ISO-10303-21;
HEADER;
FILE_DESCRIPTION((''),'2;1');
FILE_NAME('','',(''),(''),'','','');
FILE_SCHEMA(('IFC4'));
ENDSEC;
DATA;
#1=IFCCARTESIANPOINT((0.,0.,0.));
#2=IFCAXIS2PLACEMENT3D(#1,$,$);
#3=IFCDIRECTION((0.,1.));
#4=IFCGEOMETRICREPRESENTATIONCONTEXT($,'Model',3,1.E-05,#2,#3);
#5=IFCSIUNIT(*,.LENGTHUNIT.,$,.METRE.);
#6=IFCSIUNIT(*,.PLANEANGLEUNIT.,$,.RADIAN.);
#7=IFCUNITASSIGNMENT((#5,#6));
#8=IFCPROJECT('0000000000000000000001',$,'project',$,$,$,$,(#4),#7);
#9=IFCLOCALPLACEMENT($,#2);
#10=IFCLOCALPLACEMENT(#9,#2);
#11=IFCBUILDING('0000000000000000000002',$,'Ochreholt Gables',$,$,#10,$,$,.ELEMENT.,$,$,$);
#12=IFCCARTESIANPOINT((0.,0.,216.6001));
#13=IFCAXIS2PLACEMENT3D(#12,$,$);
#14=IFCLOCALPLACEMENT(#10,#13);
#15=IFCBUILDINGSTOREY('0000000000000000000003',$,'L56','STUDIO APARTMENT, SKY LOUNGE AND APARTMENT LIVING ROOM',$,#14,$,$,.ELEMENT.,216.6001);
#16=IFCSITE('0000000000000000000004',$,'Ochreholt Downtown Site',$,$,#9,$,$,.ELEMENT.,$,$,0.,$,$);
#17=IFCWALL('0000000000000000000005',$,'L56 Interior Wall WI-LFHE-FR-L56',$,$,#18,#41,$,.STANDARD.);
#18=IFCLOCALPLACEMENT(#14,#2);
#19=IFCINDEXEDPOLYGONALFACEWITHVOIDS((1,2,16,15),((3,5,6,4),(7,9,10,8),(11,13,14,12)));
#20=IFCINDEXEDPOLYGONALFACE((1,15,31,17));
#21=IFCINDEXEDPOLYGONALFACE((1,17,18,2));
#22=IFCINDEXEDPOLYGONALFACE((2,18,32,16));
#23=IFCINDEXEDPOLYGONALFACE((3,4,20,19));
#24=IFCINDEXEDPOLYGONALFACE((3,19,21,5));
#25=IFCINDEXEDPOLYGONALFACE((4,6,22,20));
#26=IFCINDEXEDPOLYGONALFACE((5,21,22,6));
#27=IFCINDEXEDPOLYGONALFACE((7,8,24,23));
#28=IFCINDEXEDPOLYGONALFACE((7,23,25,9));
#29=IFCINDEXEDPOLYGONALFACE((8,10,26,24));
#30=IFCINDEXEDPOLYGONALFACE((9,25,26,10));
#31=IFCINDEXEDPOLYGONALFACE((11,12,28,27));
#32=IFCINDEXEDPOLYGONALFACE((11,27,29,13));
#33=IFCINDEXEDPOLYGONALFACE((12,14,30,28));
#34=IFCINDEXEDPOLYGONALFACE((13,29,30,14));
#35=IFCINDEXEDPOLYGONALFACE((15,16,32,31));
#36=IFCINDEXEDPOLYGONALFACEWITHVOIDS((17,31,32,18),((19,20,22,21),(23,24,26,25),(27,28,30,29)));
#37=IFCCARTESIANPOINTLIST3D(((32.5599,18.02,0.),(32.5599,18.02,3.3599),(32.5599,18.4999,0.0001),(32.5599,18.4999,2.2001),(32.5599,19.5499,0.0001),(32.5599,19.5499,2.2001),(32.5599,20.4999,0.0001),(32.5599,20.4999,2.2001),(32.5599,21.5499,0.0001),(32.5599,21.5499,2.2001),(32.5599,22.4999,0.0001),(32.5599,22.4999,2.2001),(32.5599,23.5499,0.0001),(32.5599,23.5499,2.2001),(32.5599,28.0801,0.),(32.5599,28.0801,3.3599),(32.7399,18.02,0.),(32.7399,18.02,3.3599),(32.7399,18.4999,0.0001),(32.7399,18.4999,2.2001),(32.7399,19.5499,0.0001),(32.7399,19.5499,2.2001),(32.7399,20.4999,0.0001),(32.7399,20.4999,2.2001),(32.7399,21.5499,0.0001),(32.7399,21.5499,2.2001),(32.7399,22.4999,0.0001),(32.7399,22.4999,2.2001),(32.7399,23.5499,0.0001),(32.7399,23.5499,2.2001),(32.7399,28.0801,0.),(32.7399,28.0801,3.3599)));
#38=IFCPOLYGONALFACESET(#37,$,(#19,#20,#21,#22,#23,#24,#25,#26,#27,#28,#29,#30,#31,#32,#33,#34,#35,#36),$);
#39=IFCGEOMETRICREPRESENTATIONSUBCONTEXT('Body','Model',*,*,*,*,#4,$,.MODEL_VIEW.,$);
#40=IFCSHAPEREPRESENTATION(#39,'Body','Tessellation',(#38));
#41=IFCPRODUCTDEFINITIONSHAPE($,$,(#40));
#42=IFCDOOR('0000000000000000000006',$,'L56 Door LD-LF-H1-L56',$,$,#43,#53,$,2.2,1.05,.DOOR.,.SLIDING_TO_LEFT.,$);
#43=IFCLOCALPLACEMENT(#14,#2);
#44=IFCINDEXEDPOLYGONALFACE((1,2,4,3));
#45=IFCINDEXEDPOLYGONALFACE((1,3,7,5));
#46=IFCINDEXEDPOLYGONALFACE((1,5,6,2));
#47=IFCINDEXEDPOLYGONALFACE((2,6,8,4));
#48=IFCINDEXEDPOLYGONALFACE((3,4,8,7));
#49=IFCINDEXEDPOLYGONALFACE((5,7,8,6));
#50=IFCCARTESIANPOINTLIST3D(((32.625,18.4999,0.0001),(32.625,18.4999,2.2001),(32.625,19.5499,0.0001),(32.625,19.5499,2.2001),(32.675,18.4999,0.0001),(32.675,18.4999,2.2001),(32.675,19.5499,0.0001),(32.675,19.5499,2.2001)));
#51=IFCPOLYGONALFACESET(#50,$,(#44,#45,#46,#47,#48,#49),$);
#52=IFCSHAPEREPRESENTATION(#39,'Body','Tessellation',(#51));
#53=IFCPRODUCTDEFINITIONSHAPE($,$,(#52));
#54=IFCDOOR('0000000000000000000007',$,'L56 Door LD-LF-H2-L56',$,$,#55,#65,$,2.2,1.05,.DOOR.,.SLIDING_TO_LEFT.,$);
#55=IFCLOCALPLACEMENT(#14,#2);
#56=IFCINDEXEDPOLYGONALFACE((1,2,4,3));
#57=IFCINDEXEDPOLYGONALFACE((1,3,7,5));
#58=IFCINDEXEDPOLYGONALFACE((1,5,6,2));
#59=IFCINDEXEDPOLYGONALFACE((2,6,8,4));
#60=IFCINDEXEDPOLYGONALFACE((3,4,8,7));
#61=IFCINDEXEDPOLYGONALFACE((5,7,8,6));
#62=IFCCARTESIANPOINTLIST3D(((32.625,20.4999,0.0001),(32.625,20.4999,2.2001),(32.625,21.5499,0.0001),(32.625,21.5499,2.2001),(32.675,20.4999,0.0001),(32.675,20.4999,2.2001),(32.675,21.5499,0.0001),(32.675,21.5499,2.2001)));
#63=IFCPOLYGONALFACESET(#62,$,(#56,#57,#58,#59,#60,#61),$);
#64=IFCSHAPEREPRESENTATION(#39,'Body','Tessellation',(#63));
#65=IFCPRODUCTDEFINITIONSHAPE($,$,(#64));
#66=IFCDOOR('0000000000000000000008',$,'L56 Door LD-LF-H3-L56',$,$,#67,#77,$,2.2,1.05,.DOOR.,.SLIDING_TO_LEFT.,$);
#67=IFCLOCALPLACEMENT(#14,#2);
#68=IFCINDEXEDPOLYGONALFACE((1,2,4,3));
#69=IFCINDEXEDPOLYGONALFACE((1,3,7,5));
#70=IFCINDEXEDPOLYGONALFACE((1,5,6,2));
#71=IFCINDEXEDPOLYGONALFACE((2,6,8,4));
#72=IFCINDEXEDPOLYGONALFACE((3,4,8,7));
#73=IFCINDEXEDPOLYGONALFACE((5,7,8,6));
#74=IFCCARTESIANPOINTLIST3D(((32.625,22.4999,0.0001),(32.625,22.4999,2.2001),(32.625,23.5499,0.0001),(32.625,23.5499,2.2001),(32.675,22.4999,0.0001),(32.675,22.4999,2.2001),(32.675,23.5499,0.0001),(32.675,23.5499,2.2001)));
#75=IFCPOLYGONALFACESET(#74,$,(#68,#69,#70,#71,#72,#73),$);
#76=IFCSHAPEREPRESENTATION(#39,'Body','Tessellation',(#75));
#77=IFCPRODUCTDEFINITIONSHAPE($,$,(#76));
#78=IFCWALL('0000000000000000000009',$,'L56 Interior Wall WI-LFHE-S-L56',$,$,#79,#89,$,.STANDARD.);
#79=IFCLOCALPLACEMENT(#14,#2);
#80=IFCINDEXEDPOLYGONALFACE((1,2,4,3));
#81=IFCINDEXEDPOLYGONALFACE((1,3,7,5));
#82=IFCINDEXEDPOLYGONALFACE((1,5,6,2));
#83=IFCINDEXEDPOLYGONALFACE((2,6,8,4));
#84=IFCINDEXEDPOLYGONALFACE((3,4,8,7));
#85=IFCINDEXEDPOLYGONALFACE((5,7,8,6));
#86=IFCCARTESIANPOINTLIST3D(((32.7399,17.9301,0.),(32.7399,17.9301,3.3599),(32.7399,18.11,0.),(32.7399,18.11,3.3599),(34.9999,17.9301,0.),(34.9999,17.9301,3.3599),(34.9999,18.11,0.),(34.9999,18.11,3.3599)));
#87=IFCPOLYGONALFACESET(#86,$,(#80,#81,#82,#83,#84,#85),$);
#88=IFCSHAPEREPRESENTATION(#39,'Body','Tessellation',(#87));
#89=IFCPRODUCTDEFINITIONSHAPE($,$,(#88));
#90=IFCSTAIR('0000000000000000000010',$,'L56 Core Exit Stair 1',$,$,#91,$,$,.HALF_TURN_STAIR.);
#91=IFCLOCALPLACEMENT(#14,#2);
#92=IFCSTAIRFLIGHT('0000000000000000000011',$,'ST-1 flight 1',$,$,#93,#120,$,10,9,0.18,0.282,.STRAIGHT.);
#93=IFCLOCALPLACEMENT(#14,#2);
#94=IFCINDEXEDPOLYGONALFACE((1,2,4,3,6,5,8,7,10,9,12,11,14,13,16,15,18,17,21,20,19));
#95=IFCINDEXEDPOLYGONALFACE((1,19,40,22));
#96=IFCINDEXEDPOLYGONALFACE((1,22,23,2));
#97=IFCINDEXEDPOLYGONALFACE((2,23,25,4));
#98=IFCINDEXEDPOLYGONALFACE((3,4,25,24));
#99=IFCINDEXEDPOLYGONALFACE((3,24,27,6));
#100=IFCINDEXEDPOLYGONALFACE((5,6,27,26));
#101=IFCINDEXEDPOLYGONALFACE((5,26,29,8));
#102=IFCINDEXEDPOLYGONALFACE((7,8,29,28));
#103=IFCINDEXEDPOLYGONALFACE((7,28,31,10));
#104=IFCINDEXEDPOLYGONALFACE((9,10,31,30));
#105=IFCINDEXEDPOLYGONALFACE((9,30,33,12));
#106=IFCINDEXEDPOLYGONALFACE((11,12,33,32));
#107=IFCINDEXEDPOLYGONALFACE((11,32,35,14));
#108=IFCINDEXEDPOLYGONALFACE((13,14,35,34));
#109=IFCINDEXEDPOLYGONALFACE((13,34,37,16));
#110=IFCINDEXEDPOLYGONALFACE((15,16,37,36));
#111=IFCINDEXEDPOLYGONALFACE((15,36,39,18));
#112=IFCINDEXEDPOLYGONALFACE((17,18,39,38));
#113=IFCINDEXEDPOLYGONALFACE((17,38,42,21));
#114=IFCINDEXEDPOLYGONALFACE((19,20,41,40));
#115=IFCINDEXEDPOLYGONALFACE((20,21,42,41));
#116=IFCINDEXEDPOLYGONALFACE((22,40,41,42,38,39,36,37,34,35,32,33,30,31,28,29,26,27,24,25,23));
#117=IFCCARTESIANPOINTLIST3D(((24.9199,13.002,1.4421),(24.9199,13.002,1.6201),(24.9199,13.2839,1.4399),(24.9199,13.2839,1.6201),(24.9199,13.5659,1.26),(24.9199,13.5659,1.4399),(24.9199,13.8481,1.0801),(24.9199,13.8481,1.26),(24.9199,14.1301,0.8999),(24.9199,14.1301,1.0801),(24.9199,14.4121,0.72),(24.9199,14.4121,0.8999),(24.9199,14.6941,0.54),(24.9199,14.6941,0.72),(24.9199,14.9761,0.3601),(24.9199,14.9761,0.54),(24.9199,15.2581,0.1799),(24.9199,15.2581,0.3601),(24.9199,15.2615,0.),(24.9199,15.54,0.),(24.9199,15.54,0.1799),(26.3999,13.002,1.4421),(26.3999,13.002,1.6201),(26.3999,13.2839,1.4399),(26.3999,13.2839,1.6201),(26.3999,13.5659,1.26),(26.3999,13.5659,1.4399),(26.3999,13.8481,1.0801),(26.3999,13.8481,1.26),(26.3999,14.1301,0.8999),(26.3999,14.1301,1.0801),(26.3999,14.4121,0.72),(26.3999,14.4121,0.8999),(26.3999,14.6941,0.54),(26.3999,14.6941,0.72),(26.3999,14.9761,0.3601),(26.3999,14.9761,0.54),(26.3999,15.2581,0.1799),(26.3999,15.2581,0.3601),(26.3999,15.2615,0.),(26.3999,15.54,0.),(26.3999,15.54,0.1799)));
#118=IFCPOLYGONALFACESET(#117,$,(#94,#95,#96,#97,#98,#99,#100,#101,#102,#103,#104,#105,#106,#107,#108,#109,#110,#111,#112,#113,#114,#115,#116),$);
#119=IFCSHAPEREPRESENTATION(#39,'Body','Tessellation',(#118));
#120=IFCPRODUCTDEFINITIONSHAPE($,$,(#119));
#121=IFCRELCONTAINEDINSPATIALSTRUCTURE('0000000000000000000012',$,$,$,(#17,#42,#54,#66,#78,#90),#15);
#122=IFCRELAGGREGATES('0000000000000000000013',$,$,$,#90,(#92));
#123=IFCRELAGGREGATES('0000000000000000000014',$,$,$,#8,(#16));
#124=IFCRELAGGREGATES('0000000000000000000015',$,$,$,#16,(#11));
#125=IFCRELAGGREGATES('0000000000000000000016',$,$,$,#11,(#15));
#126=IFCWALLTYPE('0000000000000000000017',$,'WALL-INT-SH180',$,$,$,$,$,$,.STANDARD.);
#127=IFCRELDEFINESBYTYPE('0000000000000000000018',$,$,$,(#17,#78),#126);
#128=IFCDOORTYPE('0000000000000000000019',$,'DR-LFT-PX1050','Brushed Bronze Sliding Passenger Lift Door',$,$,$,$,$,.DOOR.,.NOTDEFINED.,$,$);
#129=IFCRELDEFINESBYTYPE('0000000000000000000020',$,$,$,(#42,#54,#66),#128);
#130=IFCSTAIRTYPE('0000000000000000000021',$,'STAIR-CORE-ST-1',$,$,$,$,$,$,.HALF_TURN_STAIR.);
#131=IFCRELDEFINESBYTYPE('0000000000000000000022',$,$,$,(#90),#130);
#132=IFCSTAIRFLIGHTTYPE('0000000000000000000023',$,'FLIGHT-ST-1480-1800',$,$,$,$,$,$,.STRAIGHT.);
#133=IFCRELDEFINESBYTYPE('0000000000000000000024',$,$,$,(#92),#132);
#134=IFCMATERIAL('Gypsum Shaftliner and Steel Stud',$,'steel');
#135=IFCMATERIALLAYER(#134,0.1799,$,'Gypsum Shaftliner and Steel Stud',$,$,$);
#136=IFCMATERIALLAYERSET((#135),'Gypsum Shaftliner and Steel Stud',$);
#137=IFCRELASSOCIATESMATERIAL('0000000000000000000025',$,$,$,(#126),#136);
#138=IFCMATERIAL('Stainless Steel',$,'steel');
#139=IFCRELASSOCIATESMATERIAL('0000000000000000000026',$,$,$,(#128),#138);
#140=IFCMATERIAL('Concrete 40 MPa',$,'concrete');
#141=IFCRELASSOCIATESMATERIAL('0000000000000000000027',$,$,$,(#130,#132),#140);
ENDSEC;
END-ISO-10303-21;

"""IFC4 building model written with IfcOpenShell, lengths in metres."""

from ifc_helpers import new_model, si_unit, direction, frame, frame_2d, origin, place, context, subcontext, project, spatial, polyline, rectangle, outline, extrude, material, layer, layer_set, type_object, element, fill, aggregate, save


model = new_model("IFC4")

# Units and contexts
model_context = context("Model", 3, precision=1e-05, world=origin(), true_north=direction((0.0, 1.0)))
body_context = subcontext(model_context, "Body", "Model", "MODEL_VIEW")
ifc_project = project(units=[si_unit("LENGTHUNIT", "METRE"), si_unit("PLANEANGLEUNIT", "RADIAN")], contexts=[model_context])

# Site, building, storey
site_placement = place(None, origin())
site = spatial("IfcSite", under=ifc_project, at=site_placement, Name="Ochreholt Downtown Site", CompositionType="ELEMENT", RefElevation=0.0)
building_placement = place(site_placement, origin())
building = spatial("IfcBuilding", under=site, at=building_placement, Name="Ochreholt Gables", CompositionType="ELEMENT")
storey_placement = place(building_placement, frame((0.0, 0.0, 216.6001)))
storey = spatial("IfcBuildingStorey", under=building, at=storey_placement, Name="L56", Description="STUDIO APARTMENT, SKY LOUNGE AND APARTMENT LIVING ROOM", CompositionType="ELEMENT", Elevation=216.6001)

# Shared definitions
ifc_material_1 = material(Name="Concrete 40 MPa", Category="concrete")

# Shared definitions
ifc_material_2 = material(Name="Gypsum Shaftliner and Steel Stud", Category="steel")

# Wall, openings, doors
ifc_layer_1 = layer(ifc_material_2, 0.1799, Name="Gypsum Shaftliner and Steel Stud")
ifc_layer_set_1 = layer_set([ifc_layer_1], Name="Gypsum Shaftliner and Steel Stud")
wall_type_1 = type_object("IfcWallType", Name="WALL-INT-SH180", PredefinedType="STANDARD", material=ifc_layer_set_1)
wall_1_placement = place(storey_placement, frame((32.6499, 18.02, 0.0), z_axis=(0.0, 0.0, 1.0), x_axis=(0.0, 1.0, 0.0)))
wall_1 = element("IfcWall", 1, at=wall_1_placement, inside=storey, type_object=wall_type_1, Name="L56 Interior Wall WI-LFHE-FR-L56", PredefinedType="STANDARD", context=body_context, shape_type="SweptSolid", body=[
    extrude(rectangle(XDim=10.0601, YDim=0.1799, at=frame_2d((5.03, 0.0))), origin(), (0.0, 0.0, 1.0), 3.3599),
])
opening_1_placement = place(wall_1_placement, frame((0.48, 0.0, 0.0)))
opening_1 = element("IfcOpeningElement", 2, at=opening_1_placement, cuts=wall_1, PredefinedType="OPENING", context=body_context, shape_type="SweptSolid", body=[
    extrude(rectangle(XDim=1.05, YDim=2.2, at=frame_2d((0.5249, 1.1001))), frame((0.0, 0.0999, 0.0), z_axis=(0.0, -1.0, 0.0), x_axis=(1.0, 0.0, 0.0)), (0.0, 0.0, 1.0), 0.2),
])
opening_2_placement = place(wall_1_placement, frame((2.48, 0.0, 0.0)))
opening_2 = element("IfcOpeningElement", 3, at=opening_2_placement, cuts=wall_1, PredefinedType="OPENING", context=body_context, shape_type="SweptSolid", body=[
    extrude(rectangle(XDim=1.05, YDim=2.2, at=frame_2d((0.5249, 1.1001))), frame((0.0, 0.0999, 0.0), z_axis=(0.0, -1.0, 0.0), x_axis=(1.0, 0.0, 0.0)), (0.0, 0.0, 1.0), 0.2),
])
opening_3_placement = place(wall_1_placement, frame((4.48, 0.0, 0.0)))
opening_3 = element("IfcOpeningElement", 4, at=opening_3_placement, cuts=wall_1, PredefinedType="OPENING", context=body_context, shape_type="SweptSolid", body=[
    extrude(rectangle(XDim=1.05, YDim=2.2, at=frame_2d((0.5249, 1.1001))), frame((0.0, 0.0999, 0.0), z_axis=(0.0, -1.0, 0.0), x_axis=(1.0, 0.0, 0.0)), (0.0, 0.0, 1.0), 0.2),
])
ifc_material_3 = material(Name="Stainless Steel", Category="steel")
door_type_1 = type_object("IfcDoorType", Name="DR-LFT-PX1050", Description="Brushed Bronze Sliding Passenger Lift Door", OperationType="NOTDEFINED", PredefinedType="DOOR", material=ifc_material_3)
door_1_placement = place(opening_1_placement, origin())
door_1 = element("IfcDoor", 5, at=door_1_placement, inside=storey, type_object=door_type_1, Name="L56 Door LD-LF-H1-L56", OperationType="SLIDING_TO_LEFT", OverallHeight=2.2, OverallWidth=1.05, PredefinedType="DOOR", context=body_context, shape_type="SweptSolid", body=[
    extrude(rectangle(XDim=1.05, YDim=2.2, at=frame_2d((0.5249, 1.1001))), frame((0.0, 0.0249, 0.0), z_axis=(0.0, -1.0, 0.0), x_axis=(1.0, 0.0, 0.0)), (0.0, 0.0, 1.0), 0.05),
])
fill(opening_1, door_1)
door_2_placement = place(opening_2_placement, origin())
door_2 = element("IfcDoor", 6, at=door_2_placement, inside=storey, type_object=door_type_1, Name="L56 Door LD-LF-H2-L56", OperationType="SLIDING_TO_LEFT", OverallHeight=2.2, OverallWidth=1.05, PredefinedType="DOOR", context=body_context, shape_type="SweptSolid", body=[
    extrude(rectangle(XDim=1.05, YDim=2.2, at=frame_2d((0.5249, 1.1001))), frame((0.0, 0.0249, 0.0), z_axis=(0.0, -1.0, 0.0), x_axis=(1.0, 0.0, 0.0)), (0.0, 0.0, 1.0), 0.05),
])
fill(opening_2, door_2)
door_3_placement = place(opening_3_placement, origin())
door_3 = element("IfcDoor", 7, at=door_3_placement, inside=storey, type_object=door_type_1, Name="L56 Door LD-LF-H3-L56", OperationType="SLIDING_TO_LEFT", OverallHeight=2.2, OverallWidth=1.05, PredefinedType="DOOR", context=body_context, shape_type="SweptSolid", body=[
    extrude(rectangle(XDim=1.05, YDim=2.2, at=frame_2d((0.5249, 1.1001))), frame((0.0, 0.0249, 0.0), z_axis=(0.0, -1.0, 0.0), x_axis=(1.0, 0.0, 0.0)), (0.0, 0.0, 1.0), 0.05),
])
fill(opening_3, door_3)

# Wall
wall_2_placement = place(storey_placement, frame((32.74, 18.02, 0.0), z_axis=(0.0, 0.0, 1.0), x_axis=(1.0, 0.0, 0.0)))
element("IfcWall", 8, at=wall_2_placement, inside=storey, type_object=wall_type_1, Name="L56 Interior Wall WI-LFHE-S-L56", PredefinedType="STANDARD", context=body_context, shape_type="SweptSolid", body=[
    extrude(rectangle(XDim=2.26, YDim=0.1799, at=frame_2d((1.1299, 0.0))), origin(), (0.0, 0.0, 1.0), 3.3599),
])

# Stair, stair flight
stair_type = type_object("IfcStairType", Name="STAIR-CORE-ST-1", PredefinedType="HALF_TURN_STAIR", material=ifc_material_1)
stair_placement = place(storey_placement, origin())
stair = element("IfcStair", 9, at=stair_placement, inside=storey, type_object=stair_type, Name="L56 Core Exit Stair 1", PredefinedType="HALF_TURN_STAIR")
stair_flight_type = type_object("IfcStairFlightType", Name="FLIGHT-ST-1480-1800", PredefinedType="STRAIGHT", material=ifc_material_1)
stair_flight_placement = place(storey_placement, frame((25.6599, 15.54, 0.0), z_axis=(0.0, 0.0, 1.0), x_axis=(0.0, -1.0, 0.0)))
stair_flight = element("IfcStairFlight", 10, at=stair_flight_placement, type_object=stair_flight_type, Name="ST-1 flight 1", NumberOfRisers=10, NumberOfTreads=9, PredefinedType="STRAIGHT", RiserHeight=0.18, TreadLength=0.282, context=body_context, shape_type="SweptSolid", body=[
    extrude(outline(polyline([(0.0, 0.0), (0.0, 0.1799), (0.282, 0.1799), (0.282, 0.3601), (0.564, 0.3601), (0.564, 0.54), (0.8459, 0.54), (0.8459, 0.72), (1.1279, 0.72), (1.1279, 0.8999), (1.4099, 0.8999), (1.4099, 1.0801), (1.6919, 1.0801), (1.6919, 1.26), (1.9741, 1.26), (1.9741, 1.4399), (2.2561, 1.4399), (2.2561, 1.6201), (2.5381, 1.6201), (2.5381, 1.8), (2.5381, 1.4421), (0.2786, 0.0), (0.0, 0.0)])), frame((0.0, 0.74, 0.0), z_axis=(0.0, -1.0, 0.0), x_axis=(1.0, 0.0, 0.0)), (0.0, 0.0, 1.0), 1.48),
])
aggregate(stair, [stair_flight])

save(model, "model.ifc")
